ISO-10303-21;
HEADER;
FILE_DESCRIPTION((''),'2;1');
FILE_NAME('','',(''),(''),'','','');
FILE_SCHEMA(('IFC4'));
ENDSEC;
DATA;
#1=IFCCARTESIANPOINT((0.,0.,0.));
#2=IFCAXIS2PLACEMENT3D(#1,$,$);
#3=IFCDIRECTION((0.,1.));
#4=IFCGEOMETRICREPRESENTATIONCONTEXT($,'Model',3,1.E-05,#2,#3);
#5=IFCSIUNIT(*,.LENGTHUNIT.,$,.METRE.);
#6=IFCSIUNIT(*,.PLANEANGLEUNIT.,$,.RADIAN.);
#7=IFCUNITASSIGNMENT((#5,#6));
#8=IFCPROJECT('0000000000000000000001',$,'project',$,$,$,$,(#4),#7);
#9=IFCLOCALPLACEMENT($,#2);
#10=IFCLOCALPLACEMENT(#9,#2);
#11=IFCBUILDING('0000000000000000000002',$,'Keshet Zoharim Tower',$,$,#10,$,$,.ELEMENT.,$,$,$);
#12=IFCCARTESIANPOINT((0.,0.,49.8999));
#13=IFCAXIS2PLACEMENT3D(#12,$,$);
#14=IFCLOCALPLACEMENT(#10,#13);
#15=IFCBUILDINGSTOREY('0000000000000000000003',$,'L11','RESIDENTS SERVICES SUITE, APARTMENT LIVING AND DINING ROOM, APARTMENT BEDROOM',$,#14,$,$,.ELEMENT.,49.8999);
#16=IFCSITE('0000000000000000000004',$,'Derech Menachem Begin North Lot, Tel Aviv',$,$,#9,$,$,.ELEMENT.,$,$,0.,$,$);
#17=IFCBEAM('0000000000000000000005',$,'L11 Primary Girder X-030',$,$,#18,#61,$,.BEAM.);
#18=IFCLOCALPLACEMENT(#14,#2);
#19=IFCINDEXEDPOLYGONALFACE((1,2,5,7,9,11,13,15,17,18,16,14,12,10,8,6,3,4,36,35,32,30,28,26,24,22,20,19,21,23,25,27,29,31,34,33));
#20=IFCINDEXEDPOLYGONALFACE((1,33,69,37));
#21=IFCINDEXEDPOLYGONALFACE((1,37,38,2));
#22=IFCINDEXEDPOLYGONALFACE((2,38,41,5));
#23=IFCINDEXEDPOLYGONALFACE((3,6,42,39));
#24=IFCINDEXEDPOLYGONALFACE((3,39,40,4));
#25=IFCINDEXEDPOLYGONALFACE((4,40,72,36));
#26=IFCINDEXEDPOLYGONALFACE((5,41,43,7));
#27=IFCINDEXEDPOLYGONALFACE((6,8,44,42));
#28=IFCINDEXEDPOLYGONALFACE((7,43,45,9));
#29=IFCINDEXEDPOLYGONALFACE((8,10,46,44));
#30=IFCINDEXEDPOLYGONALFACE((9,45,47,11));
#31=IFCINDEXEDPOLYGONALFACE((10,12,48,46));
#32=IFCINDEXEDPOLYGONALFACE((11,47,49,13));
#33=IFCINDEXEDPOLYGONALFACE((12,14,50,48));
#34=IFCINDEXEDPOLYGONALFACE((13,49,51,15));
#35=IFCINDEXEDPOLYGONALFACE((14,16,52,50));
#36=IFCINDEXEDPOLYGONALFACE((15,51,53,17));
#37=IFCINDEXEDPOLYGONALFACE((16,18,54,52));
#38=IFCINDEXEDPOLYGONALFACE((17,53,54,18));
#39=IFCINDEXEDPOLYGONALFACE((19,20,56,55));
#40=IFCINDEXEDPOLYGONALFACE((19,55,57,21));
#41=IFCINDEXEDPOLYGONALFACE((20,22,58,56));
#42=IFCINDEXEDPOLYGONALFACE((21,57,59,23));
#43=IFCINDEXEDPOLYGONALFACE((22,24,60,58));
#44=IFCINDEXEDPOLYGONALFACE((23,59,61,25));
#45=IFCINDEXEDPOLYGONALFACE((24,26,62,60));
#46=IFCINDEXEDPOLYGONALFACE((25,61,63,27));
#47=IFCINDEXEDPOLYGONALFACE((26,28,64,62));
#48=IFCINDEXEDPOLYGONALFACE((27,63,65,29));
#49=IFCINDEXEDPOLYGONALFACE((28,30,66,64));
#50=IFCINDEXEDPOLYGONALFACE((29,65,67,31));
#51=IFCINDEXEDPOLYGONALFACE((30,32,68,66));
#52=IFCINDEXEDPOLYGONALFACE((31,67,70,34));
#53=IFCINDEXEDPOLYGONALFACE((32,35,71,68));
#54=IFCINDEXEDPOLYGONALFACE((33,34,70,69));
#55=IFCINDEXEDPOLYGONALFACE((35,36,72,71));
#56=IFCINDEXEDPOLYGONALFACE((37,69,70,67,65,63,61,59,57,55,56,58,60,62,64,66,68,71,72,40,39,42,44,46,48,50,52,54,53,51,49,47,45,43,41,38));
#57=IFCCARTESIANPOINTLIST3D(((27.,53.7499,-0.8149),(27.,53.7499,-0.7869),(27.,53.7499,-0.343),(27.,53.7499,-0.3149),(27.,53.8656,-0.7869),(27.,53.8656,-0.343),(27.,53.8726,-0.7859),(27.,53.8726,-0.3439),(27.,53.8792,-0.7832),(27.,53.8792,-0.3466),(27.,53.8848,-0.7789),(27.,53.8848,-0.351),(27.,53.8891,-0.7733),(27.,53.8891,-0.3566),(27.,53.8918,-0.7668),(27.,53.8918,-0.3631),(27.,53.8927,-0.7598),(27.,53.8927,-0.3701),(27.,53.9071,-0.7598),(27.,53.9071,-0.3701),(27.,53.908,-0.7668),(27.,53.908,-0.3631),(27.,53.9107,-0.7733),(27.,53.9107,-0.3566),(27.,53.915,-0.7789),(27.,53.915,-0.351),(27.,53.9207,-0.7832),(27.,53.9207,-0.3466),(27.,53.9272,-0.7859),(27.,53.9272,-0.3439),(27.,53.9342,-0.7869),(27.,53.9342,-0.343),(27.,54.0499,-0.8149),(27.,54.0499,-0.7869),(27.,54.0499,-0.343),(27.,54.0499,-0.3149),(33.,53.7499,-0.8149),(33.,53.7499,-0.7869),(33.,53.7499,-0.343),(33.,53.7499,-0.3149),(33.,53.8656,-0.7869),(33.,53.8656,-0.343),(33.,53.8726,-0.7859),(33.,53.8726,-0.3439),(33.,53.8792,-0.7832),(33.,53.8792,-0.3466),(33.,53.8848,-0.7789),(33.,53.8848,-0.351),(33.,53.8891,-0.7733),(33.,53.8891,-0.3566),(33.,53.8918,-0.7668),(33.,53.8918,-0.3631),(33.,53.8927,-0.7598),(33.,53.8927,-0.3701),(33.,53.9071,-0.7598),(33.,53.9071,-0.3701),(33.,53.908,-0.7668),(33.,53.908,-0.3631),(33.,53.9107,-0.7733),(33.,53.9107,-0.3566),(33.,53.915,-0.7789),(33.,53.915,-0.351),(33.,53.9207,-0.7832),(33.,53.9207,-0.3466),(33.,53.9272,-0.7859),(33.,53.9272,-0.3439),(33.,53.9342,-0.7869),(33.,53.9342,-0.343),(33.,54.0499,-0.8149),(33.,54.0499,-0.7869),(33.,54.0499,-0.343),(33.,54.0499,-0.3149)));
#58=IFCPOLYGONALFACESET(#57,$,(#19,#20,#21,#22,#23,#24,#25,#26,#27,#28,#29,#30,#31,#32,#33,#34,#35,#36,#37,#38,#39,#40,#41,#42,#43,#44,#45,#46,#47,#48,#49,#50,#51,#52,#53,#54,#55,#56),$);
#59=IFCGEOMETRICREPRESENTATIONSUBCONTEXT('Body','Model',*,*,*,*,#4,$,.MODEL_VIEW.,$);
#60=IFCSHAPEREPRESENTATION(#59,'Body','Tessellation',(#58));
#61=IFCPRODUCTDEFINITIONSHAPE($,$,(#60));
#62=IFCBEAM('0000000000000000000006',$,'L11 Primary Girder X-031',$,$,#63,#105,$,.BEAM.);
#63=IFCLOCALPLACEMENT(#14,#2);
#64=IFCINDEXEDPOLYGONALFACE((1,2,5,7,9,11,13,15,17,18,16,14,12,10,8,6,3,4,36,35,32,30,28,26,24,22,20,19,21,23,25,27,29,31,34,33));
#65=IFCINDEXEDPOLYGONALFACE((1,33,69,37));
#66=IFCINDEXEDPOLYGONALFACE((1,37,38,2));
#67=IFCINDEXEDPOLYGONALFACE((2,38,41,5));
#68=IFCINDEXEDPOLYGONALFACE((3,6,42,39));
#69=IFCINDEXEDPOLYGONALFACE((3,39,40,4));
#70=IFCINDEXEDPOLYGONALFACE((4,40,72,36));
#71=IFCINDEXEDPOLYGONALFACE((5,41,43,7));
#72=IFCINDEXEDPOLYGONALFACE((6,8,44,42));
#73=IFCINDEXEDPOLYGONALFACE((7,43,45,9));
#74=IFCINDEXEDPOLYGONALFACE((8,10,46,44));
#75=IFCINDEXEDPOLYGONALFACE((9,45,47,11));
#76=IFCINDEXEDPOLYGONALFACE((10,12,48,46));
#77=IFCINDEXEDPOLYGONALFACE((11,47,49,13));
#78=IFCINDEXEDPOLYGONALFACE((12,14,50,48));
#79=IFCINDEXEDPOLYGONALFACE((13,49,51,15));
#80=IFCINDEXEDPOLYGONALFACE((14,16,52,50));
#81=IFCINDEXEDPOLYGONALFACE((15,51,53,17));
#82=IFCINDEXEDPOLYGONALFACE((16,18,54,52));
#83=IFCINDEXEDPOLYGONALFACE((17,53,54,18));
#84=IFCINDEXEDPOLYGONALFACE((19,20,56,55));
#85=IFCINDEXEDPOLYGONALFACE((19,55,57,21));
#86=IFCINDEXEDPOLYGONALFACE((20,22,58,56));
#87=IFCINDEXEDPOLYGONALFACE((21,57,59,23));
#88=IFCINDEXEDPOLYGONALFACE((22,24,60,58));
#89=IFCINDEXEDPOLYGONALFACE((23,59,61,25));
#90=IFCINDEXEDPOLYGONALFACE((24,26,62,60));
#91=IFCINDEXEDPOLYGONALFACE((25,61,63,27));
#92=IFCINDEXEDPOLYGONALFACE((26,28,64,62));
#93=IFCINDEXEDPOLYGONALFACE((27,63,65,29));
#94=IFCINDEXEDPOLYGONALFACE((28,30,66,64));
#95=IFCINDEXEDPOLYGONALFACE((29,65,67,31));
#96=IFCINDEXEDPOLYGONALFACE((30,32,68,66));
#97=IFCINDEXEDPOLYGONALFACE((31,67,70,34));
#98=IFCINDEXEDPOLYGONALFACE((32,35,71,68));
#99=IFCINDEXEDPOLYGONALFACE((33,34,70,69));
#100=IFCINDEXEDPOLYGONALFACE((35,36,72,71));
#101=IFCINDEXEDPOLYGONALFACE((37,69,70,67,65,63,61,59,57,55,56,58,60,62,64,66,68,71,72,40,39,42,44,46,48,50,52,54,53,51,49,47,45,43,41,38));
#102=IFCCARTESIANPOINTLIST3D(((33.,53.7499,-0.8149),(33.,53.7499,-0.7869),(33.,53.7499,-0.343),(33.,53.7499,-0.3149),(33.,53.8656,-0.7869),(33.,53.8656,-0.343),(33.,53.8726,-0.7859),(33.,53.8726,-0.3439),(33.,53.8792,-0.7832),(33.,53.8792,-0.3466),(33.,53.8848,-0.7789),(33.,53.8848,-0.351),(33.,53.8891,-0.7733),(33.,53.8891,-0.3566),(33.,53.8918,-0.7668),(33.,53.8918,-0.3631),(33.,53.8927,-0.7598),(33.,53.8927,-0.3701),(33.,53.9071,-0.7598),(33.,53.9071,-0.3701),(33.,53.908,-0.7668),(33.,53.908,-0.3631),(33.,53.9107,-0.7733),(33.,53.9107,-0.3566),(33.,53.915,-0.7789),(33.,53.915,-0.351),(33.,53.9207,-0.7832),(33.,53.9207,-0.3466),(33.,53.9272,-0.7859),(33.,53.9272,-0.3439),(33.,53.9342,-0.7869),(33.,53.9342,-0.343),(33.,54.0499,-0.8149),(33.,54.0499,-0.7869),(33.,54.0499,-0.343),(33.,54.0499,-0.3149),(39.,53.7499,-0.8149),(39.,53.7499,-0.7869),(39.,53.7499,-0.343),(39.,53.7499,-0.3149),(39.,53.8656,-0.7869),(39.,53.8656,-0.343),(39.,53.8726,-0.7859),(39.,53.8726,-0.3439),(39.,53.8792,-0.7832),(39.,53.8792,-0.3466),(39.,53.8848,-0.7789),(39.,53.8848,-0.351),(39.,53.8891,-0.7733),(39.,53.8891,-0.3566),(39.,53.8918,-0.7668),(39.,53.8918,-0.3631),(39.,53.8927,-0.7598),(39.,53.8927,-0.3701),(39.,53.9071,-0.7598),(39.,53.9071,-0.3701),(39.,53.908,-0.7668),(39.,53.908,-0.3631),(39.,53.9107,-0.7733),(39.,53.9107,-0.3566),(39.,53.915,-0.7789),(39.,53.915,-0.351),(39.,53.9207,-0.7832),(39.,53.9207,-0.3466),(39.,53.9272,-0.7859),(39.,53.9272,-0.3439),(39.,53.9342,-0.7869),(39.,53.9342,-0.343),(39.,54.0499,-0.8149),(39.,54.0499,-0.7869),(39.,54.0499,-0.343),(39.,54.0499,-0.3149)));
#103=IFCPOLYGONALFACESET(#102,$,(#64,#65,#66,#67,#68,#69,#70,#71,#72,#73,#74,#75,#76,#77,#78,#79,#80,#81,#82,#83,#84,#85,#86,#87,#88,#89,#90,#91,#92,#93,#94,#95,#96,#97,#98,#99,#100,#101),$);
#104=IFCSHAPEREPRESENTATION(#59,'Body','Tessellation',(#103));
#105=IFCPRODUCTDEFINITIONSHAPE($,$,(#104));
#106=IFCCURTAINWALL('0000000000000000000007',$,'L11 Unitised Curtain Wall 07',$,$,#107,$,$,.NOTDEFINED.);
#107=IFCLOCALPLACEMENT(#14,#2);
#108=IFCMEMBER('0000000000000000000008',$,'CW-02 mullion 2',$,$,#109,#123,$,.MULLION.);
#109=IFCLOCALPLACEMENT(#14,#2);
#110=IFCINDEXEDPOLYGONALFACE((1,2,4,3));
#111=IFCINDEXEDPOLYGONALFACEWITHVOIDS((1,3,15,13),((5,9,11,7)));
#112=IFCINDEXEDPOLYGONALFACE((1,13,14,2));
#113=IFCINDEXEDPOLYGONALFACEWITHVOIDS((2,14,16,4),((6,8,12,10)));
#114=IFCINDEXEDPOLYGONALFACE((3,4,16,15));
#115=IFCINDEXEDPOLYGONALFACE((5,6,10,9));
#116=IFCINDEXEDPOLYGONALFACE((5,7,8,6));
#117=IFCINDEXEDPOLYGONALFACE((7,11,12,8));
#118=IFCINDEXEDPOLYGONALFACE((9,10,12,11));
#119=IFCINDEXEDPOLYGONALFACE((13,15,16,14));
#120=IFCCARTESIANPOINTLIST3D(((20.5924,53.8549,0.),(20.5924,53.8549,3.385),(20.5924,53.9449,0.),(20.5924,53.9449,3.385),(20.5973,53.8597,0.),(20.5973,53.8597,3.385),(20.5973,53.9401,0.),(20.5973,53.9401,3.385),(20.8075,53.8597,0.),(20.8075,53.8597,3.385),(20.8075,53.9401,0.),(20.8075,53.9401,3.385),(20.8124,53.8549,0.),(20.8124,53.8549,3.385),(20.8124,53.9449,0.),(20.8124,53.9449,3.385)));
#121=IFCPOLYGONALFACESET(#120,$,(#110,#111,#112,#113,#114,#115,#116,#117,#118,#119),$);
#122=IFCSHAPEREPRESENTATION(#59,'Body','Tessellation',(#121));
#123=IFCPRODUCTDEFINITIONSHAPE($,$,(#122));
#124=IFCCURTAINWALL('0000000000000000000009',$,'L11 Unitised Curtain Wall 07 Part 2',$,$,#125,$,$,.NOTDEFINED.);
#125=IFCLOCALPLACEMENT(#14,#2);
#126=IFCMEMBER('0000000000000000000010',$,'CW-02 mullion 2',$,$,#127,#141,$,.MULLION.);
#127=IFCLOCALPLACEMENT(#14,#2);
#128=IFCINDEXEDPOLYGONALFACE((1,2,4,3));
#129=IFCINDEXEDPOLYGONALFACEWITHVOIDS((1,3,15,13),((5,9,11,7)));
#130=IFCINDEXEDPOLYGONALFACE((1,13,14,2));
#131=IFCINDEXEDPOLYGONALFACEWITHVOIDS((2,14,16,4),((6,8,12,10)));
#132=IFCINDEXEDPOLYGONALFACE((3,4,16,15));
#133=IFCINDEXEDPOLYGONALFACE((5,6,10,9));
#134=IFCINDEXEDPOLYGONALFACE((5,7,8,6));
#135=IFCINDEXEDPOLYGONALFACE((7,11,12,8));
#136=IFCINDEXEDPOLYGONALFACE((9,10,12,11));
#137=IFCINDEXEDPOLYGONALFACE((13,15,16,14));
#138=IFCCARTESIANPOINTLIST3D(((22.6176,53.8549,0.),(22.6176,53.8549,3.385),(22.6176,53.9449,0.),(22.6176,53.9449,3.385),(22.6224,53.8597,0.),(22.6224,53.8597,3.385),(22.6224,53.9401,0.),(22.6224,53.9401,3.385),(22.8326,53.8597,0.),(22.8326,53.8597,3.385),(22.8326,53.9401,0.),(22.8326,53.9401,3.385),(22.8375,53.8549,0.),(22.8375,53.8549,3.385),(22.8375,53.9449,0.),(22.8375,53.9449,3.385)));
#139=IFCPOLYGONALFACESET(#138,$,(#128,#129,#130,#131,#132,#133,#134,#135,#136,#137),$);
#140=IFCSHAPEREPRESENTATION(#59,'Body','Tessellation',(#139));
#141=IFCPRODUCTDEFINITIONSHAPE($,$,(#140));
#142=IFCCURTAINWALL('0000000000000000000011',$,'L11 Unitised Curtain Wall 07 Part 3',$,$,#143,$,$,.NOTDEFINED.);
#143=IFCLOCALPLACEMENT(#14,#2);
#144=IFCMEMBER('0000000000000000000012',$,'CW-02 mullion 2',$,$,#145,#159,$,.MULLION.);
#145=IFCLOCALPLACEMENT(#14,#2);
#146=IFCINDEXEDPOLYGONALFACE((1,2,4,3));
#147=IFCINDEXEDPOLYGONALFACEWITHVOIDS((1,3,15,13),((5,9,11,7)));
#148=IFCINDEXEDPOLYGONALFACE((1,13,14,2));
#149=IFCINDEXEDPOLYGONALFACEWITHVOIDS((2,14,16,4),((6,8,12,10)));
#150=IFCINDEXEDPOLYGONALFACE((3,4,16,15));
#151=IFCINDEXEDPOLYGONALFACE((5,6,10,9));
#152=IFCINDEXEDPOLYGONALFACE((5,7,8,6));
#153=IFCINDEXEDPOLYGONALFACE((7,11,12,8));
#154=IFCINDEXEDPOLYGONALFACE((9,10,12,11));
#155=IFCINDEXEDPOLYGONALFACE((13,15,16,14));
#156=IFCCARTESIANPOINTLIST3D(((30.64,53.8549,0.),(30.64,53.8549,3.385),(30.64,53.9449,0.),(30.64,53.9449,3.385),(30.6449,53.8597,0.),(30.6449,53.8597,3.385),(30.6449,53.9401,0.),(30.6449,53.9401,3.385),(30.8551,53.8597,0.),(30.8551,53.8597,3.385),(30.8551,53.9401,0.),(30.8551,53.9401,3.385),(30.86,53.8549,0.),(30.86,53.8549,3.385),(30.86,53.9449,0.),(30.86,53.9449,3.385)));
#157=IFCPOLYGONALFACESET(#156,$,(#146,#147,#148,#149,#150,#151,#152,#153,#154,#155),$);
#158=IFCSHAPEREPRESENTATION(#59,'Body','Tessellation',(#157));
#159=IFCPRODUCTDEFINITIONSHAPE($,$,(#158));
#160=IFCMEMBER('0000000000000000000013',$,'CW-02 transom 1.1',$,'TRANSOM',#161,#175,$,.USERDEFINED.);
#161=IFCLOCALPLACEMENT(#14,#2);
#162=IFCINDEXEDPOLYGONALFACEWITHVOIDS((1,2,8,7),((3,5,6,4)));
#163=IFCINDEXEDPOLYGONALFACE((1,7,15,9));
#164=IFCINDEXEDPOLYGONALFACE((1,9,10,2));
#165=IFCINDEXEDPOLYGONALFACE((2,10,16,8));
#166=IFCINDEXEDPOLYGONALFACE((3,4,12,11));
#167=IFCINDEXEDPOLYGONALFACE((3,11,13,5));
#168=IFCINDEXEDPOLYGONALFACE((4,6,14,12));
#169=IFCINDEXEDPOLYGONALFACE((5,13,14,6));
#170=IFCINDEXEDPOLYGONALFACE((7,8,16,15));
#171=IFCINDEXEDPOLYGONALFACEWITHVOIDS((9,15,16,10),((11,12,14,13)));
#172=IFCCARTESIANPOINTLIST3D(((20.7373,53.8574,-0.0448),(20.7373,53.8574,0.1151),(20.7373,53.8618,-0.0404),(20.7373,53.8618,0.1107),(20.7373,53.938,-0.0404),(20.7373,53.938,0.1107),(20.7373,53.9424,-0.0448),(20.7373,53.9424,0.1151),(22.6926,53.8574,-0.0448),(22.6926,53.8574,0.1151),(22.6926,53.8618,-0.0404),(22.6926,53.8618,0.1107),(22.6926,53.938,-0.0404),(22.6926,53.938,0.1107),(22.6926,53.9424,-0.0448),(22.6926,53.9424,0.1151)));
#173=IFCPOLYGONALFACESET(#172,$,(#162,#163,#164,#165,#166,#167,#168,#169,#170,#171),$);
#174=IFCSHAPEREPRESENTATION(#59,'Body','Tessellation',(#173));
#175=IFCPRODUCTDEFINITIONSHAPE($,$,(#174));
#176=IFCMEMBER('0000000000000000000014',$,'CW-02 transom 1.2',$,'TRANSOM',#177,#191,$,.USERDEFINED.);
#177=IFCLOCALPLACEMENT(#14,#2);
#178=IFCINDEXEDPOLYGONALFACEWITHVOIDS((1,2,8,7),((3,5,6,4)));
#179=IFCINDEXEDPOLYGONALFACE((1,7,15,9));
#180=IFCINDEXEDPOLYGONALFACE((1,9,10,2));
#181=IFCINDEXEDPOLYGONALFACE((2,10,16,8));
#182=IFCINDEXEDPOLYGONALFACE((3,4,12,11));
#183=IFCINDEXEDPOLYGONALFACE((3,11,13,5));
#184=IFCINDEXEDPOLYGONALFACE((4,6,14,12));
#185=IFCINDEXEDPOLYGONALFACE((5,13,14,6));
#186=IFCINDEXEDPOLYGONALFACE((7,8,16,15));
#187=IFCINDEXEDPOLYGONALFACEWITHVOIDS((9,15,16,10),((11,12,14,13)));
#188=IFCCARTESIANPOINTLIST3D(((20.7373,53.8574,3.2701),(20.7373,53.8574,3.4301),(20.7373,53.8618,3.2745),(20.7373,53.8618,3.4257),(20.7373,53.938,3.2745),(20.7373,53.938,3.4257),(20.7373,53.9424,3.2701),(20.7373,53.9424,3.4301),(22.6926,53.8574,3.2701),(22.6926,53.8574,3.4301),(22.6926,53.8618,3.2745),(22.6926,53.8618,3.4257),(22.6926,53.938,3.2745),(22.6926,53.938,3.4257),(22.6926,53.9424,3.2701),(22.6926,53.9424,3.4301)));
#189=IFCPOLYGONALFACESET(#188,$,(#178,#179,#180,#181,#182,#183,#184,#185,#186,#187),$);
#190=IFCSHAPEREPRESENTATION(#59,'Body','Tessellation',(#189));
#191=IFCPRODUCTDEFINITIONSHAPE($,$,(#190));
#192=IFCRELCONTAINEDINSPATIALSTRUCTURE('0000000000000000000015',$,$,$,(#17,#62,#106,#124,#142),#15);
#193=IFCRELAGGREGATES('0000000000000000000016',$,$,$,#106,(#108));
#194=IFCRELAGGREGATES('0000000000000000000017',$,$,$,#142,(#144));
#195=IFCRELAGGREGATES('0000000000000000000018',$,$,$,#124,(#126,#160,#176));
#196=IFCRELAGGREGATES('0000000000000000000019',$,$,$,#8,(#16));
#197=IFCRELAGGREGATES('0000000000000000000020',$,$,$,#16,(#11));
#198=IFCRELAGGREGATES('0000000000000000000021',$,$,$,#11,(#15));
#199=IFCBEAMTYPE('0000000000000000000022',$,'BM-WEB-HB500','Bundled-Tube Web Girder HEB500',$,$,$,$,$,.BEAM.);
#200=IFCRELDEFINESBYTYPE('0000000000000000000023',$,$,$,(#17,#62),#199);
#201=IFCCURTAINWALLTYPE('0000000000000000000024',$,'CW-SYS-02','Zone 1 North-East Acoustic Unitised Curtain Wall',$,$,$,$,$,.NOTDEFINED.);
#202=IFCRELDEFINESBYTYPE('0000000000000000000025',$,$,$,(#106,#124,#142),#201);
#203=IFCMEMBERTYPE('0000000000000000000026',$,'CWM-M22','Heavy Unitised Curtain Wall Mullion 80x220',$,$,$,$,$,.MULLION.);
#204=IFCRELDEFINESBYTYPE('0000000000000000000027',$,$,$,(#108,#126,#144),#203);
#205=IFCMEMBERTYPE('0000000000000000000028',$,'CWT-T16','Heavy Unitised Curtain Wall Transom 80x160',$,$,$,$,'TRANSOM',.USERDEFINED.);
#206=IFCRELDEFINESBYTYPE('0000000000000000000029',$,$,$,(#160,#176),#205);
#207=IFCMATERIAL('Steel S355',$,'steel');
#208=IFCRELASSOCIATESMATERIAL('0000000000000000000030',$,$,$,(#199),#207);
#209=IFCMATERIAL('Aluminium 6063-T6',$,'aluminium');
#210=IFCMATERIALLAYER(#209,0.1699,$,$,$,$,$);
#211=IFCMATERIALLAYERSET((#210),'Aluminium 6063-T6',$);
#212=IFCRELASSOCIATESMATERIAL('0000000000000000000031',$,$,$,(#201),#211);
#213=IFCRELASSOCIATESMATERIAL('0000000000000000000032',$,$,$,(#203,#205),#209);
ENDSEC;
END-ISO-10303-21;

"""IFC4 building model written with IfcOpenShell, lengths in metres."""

from ifc_helpers import new_model, si_unit, direction, frame, origin, origin_2d, place, context, subcontext, project, spatial, hollow_rectangle, i_section, extrude, material, layer, layer_set, material_profile, profile_set, type_object, element, aggregate, save


model = new_model("IFC4")

# Units and contexts
model_context = context("Model", 3, precision=1e-05, world=origin(), true_north=direction((0.0, 1.0)))
body_context = subcontext(model_context, "Body", "Model", "MODEL_VIEW")
ifc_project = project(units=[si_unit("LENGTHUNIT", "METRE"), si_unit("PLANEANGLEUNIT", "RADIAN")], contexts=[model_context])

# Site, building, storey
site_placement = place(None, origin())
site = spatial("IfcSite", under=ifc_project, at=site_placement, Name="Derech Menachem Begin North Lot, Tel Aviv", CompositionType="ELEMENT", RefElevation=0.0)
building_placement = place(site_placement, origin())
building = spatial("IfcBuilding", under=site, at=building_placement, Name="Keshet Zoharim Tower", CompositionType="ELEMENT")
storey_placement = place(building_placement, frame((0.0, 0.0, 49.8999)))
storey = spatial("IfcBuildingStorey", under=building, at=storey_placement, Name="L11", Description="RESIDENTS SERVICES SUITE, APARTMENT LIVING AND DINING ROOM, APARTMENT BEDROOM", CompositionType="ELEMENT", Elevation=49.8999)

# Shared definitions
ifc_material_1 = material(Name="Steel S355", Category="steel")

# Beams
ifc_material_profile_1 = material_profile(ifc_material_1, i_section(OverallWidth=0.3, OverallDepth=0.5, WebThickness=0.0144, FlangeThickness=0.0281, FilletRadius=0.0271, at=origin_2d()), Name="HEB500")
ifc_profile_set_1 = profile_set([ifc_material_profile_1], Name="Steel S355")
beam_type = type_object("IfcBeamType", Name="BM-WEB-HB500", Description="Bundled-Tube Web Girder HEB500", PredefinedType="BEAM", material=ifc_profile_set_1)
for number, where, z_axis, x_axis, name in (
    (1, (27.0, 53.8999, -0.5649), (1.0, 0.0, 0.0), (0.0, 1.0, 0.0), "L11 Primary Girder X-030"),
    (2, (33.0, 53.8999, -0.5649), (1.0, 0.0, 0.0), (0.0, 1.0, 0.0), "L11 Primary Girder X-031"),
):
    element("IfcBeam", number, at=place(storey_placement, frame(where, z_axis=z_axis, x_axis=x_axis)), inside=storey, type_object=beam_type, Name=name, PredefinedType="BEAM", context=body_context, shape_type="SweptSolid", body=[
        extrude(i_section(OverallWidth=0.3, OverallDepth=0.5, WebThickness=0.0144, FlangeThickness=0.0281, FilletRadius=0.0271, at=origin_2d()), origin(), (0.0, 0.0, 1.0), 6.0),
    ])

# Curtain walls, members
ifc_material_2 = material(Name="Aluminium 6063-T6", Category="aluminium")
ifc_layer_1 = layer(ifc_material_2, 0.1699)
ifc_layer_set_1 = layer_set([ifc_layer_1], Name="Aluminium 6063-T6")
curtain_wall_type = type_object("IfcCurtainWallType", Name="CW-SYS-02", Description="Zone 1 North-East Acoustic Unitised Curtain Wall", PredefinedType="NOTDEFINED", material=ifc_layer_set_1)
curtain_wall_1_placement = place(storey_placement, origin())
curtain_wall_1 = element("IfcCurtainWall", 3, at=curtain_wall_1_placement, inside=storey, type_object=curtain_wall_type, Name="L11 Unitised Curtain Wall 07", PredefinedType="NOTDEFINED")
ifc_material_profile_2 = material_profile(ifc_material_2, hollow_rectangle(XDim=0.0901, YDim=0.22, WallThickness=0.0049, at=origin_2d()), Name="MUL-90x220")
ifc_profile_set_2 = profile_set([ifc_material_profile_2], Name="Aluminium 6063-T6")
member_type_1 = type_object("IfcMemberType", Name="CWM-M22", Description="Heavy Unitised Curtain Wall Mullion 80x220", PredefinedType="MULLION", material=ifc_profile_set_2)
member_1_placement = place(storey_placement, frame((20.7024, 53.8999, 0.0), z_axis=(0.0, 0.0, 1.0), x_axis=(0.0, 1.0, 0.0)))
member_1 = element("IfcMember", 4, at=member_1_placement, type_object=member_type_1, Name="CW-02 mullion 2", PredefinedType="MULLION", context=body_context, shape_type="SweptSolid", body=[
    extrude(hollow_rectangle(XDim=0.0901, YDim=0.22, WallThickness=0.0049, at=origin_2d()), origin(), (0.0, 0.0, 1.0), 3.385),
])
aggregate(curtain_wall_1, [member_1])
curtain_wall_2_placement = place(storey_placement, origin())
curtain_wall_2 = element("IfcCurtainWall", 5, at=curtain_wall_2_placement, inside=storey, type_object=curtain_wall_type, Name="L11 Unitised Curtain Wall 07 Part 2", PredefinedType="NOTDEFINED")
member_2_placement = place(storey_placement, frame((22.7275, 53.8999, 0.0), z_axis=(0.0, 0.0, 1.0), x_axis=(0.0, 1.0, 0.0)))
member_2 = element("IfcMember", 6, at=member_2_placement, type_object=member_type_1, Name="CW-02 mullion 2", PredefinedType="MULLION", context=body_context, shape_type="SweptSolid", body=[
    extrude(hollow_rectangle(XDim=0.0901, YDim=0.22, WallThickness=0.0049, at=origin_2d()), origin(), (0.0, 0.0, 1.0), 3.385),
])
curtain_wall_3_placement = place(storey_placement, origin())
curtain_wall_3 = element("IfcCurtainWall", 7, at=curtain_wall_3_placement, inside=storey, type_object=curtain_wall_type, Name="L11 Unitised Curtain Wall 07 Part 3", PredefinedType="NOTDEFINED")
member_3_placement = place(storey_placement, frame((30.75, 53.8999, 0.0), z_axis=(0.0, 0.0, 1.0), x_axis=(0.0, 1.0, 0.0)))
member_3 = element("IfcMember", 8, at=member_3_placement, type_object=member_type_1, Name="CW-02 mullion 2", PredefinedType="MULLION", context=body_context, shape_type="SweptSolid", body=[
    extrude(hollow_rectangle(XDim=0.0901, YDim=0.22, WallThickness=0.0049, at=origin_2d()), origin(), (0.0, 0.0, 1.0), 3.385),
])

# Members
ifc_material_profile_3 = material_profile(ifc_material_2, hollow_rectangle(XDim=0.085, YDim=0.1599, WallThickness=0.0044, at=origin_2d()), Name="TRN-85x160")
ifc_profile_set_3 = profile_set([ifc_material_profile_3], Name="Aluminium 6063-T6")
member_type_2 = type_object("IfcMemberType", Name="CWT-T16", Description="Heavy Unitised Curtain Wall Transom 80x160", ElementType="TRANSOM", PredefinedType="USERDEFINED", material=ifc_profile_set_3)
member_4_placement = place(storey_placement, frame((20.7373, 53.8999, 0.0352), z_axis=(1.0, 0.0, 0.0), x_axis=(0.0, 1.0, 0.0)))
member_4 = element("IfcMember", 9, at=member_4_placement, type_object=member_type_2, Name="CW-02 transom 1.1", ObjectType="TRANSOM", PredefinedType="USERDEFINED", context=body_context, shape_type="SweptSolid", body=[
    extrude(hollow_rectangle(XDim=0.085, YDim=0.1599, WallThickness=0.0044, at=origin_2d()), origin(), (0.0, 0.0, 1.0), 1.9553),
])
member_5_placement = place(storey_placement, frame((20.7373, 53.8999, 3.3501), z_axis=(1.0, 0.0, 0.0), x_axis=(0.0, 1.0, 0.0)))
member_5 = element("IfcMember", 10, at=member_5_placement, type_object=member_type_2, Name="CW-02 transom 1.2", ObjectType="TRANSOM", PredefinedType="USERDEFINED", context=body_context, shape_type="SweptSolid", body=[
    extrude(hollow_rectangle(XDim=0.085, YDim=0.1599, WallThickness=0.0044, at=origin_2d()), origin(), (0.0, 0.0, 1.0), 1.9553),
])

aggregate(curtain_wall_3, [member_3])
aggregate(curtain_wall_2, [member_2, member_4, member_5])

save(model, "model.ifc")
